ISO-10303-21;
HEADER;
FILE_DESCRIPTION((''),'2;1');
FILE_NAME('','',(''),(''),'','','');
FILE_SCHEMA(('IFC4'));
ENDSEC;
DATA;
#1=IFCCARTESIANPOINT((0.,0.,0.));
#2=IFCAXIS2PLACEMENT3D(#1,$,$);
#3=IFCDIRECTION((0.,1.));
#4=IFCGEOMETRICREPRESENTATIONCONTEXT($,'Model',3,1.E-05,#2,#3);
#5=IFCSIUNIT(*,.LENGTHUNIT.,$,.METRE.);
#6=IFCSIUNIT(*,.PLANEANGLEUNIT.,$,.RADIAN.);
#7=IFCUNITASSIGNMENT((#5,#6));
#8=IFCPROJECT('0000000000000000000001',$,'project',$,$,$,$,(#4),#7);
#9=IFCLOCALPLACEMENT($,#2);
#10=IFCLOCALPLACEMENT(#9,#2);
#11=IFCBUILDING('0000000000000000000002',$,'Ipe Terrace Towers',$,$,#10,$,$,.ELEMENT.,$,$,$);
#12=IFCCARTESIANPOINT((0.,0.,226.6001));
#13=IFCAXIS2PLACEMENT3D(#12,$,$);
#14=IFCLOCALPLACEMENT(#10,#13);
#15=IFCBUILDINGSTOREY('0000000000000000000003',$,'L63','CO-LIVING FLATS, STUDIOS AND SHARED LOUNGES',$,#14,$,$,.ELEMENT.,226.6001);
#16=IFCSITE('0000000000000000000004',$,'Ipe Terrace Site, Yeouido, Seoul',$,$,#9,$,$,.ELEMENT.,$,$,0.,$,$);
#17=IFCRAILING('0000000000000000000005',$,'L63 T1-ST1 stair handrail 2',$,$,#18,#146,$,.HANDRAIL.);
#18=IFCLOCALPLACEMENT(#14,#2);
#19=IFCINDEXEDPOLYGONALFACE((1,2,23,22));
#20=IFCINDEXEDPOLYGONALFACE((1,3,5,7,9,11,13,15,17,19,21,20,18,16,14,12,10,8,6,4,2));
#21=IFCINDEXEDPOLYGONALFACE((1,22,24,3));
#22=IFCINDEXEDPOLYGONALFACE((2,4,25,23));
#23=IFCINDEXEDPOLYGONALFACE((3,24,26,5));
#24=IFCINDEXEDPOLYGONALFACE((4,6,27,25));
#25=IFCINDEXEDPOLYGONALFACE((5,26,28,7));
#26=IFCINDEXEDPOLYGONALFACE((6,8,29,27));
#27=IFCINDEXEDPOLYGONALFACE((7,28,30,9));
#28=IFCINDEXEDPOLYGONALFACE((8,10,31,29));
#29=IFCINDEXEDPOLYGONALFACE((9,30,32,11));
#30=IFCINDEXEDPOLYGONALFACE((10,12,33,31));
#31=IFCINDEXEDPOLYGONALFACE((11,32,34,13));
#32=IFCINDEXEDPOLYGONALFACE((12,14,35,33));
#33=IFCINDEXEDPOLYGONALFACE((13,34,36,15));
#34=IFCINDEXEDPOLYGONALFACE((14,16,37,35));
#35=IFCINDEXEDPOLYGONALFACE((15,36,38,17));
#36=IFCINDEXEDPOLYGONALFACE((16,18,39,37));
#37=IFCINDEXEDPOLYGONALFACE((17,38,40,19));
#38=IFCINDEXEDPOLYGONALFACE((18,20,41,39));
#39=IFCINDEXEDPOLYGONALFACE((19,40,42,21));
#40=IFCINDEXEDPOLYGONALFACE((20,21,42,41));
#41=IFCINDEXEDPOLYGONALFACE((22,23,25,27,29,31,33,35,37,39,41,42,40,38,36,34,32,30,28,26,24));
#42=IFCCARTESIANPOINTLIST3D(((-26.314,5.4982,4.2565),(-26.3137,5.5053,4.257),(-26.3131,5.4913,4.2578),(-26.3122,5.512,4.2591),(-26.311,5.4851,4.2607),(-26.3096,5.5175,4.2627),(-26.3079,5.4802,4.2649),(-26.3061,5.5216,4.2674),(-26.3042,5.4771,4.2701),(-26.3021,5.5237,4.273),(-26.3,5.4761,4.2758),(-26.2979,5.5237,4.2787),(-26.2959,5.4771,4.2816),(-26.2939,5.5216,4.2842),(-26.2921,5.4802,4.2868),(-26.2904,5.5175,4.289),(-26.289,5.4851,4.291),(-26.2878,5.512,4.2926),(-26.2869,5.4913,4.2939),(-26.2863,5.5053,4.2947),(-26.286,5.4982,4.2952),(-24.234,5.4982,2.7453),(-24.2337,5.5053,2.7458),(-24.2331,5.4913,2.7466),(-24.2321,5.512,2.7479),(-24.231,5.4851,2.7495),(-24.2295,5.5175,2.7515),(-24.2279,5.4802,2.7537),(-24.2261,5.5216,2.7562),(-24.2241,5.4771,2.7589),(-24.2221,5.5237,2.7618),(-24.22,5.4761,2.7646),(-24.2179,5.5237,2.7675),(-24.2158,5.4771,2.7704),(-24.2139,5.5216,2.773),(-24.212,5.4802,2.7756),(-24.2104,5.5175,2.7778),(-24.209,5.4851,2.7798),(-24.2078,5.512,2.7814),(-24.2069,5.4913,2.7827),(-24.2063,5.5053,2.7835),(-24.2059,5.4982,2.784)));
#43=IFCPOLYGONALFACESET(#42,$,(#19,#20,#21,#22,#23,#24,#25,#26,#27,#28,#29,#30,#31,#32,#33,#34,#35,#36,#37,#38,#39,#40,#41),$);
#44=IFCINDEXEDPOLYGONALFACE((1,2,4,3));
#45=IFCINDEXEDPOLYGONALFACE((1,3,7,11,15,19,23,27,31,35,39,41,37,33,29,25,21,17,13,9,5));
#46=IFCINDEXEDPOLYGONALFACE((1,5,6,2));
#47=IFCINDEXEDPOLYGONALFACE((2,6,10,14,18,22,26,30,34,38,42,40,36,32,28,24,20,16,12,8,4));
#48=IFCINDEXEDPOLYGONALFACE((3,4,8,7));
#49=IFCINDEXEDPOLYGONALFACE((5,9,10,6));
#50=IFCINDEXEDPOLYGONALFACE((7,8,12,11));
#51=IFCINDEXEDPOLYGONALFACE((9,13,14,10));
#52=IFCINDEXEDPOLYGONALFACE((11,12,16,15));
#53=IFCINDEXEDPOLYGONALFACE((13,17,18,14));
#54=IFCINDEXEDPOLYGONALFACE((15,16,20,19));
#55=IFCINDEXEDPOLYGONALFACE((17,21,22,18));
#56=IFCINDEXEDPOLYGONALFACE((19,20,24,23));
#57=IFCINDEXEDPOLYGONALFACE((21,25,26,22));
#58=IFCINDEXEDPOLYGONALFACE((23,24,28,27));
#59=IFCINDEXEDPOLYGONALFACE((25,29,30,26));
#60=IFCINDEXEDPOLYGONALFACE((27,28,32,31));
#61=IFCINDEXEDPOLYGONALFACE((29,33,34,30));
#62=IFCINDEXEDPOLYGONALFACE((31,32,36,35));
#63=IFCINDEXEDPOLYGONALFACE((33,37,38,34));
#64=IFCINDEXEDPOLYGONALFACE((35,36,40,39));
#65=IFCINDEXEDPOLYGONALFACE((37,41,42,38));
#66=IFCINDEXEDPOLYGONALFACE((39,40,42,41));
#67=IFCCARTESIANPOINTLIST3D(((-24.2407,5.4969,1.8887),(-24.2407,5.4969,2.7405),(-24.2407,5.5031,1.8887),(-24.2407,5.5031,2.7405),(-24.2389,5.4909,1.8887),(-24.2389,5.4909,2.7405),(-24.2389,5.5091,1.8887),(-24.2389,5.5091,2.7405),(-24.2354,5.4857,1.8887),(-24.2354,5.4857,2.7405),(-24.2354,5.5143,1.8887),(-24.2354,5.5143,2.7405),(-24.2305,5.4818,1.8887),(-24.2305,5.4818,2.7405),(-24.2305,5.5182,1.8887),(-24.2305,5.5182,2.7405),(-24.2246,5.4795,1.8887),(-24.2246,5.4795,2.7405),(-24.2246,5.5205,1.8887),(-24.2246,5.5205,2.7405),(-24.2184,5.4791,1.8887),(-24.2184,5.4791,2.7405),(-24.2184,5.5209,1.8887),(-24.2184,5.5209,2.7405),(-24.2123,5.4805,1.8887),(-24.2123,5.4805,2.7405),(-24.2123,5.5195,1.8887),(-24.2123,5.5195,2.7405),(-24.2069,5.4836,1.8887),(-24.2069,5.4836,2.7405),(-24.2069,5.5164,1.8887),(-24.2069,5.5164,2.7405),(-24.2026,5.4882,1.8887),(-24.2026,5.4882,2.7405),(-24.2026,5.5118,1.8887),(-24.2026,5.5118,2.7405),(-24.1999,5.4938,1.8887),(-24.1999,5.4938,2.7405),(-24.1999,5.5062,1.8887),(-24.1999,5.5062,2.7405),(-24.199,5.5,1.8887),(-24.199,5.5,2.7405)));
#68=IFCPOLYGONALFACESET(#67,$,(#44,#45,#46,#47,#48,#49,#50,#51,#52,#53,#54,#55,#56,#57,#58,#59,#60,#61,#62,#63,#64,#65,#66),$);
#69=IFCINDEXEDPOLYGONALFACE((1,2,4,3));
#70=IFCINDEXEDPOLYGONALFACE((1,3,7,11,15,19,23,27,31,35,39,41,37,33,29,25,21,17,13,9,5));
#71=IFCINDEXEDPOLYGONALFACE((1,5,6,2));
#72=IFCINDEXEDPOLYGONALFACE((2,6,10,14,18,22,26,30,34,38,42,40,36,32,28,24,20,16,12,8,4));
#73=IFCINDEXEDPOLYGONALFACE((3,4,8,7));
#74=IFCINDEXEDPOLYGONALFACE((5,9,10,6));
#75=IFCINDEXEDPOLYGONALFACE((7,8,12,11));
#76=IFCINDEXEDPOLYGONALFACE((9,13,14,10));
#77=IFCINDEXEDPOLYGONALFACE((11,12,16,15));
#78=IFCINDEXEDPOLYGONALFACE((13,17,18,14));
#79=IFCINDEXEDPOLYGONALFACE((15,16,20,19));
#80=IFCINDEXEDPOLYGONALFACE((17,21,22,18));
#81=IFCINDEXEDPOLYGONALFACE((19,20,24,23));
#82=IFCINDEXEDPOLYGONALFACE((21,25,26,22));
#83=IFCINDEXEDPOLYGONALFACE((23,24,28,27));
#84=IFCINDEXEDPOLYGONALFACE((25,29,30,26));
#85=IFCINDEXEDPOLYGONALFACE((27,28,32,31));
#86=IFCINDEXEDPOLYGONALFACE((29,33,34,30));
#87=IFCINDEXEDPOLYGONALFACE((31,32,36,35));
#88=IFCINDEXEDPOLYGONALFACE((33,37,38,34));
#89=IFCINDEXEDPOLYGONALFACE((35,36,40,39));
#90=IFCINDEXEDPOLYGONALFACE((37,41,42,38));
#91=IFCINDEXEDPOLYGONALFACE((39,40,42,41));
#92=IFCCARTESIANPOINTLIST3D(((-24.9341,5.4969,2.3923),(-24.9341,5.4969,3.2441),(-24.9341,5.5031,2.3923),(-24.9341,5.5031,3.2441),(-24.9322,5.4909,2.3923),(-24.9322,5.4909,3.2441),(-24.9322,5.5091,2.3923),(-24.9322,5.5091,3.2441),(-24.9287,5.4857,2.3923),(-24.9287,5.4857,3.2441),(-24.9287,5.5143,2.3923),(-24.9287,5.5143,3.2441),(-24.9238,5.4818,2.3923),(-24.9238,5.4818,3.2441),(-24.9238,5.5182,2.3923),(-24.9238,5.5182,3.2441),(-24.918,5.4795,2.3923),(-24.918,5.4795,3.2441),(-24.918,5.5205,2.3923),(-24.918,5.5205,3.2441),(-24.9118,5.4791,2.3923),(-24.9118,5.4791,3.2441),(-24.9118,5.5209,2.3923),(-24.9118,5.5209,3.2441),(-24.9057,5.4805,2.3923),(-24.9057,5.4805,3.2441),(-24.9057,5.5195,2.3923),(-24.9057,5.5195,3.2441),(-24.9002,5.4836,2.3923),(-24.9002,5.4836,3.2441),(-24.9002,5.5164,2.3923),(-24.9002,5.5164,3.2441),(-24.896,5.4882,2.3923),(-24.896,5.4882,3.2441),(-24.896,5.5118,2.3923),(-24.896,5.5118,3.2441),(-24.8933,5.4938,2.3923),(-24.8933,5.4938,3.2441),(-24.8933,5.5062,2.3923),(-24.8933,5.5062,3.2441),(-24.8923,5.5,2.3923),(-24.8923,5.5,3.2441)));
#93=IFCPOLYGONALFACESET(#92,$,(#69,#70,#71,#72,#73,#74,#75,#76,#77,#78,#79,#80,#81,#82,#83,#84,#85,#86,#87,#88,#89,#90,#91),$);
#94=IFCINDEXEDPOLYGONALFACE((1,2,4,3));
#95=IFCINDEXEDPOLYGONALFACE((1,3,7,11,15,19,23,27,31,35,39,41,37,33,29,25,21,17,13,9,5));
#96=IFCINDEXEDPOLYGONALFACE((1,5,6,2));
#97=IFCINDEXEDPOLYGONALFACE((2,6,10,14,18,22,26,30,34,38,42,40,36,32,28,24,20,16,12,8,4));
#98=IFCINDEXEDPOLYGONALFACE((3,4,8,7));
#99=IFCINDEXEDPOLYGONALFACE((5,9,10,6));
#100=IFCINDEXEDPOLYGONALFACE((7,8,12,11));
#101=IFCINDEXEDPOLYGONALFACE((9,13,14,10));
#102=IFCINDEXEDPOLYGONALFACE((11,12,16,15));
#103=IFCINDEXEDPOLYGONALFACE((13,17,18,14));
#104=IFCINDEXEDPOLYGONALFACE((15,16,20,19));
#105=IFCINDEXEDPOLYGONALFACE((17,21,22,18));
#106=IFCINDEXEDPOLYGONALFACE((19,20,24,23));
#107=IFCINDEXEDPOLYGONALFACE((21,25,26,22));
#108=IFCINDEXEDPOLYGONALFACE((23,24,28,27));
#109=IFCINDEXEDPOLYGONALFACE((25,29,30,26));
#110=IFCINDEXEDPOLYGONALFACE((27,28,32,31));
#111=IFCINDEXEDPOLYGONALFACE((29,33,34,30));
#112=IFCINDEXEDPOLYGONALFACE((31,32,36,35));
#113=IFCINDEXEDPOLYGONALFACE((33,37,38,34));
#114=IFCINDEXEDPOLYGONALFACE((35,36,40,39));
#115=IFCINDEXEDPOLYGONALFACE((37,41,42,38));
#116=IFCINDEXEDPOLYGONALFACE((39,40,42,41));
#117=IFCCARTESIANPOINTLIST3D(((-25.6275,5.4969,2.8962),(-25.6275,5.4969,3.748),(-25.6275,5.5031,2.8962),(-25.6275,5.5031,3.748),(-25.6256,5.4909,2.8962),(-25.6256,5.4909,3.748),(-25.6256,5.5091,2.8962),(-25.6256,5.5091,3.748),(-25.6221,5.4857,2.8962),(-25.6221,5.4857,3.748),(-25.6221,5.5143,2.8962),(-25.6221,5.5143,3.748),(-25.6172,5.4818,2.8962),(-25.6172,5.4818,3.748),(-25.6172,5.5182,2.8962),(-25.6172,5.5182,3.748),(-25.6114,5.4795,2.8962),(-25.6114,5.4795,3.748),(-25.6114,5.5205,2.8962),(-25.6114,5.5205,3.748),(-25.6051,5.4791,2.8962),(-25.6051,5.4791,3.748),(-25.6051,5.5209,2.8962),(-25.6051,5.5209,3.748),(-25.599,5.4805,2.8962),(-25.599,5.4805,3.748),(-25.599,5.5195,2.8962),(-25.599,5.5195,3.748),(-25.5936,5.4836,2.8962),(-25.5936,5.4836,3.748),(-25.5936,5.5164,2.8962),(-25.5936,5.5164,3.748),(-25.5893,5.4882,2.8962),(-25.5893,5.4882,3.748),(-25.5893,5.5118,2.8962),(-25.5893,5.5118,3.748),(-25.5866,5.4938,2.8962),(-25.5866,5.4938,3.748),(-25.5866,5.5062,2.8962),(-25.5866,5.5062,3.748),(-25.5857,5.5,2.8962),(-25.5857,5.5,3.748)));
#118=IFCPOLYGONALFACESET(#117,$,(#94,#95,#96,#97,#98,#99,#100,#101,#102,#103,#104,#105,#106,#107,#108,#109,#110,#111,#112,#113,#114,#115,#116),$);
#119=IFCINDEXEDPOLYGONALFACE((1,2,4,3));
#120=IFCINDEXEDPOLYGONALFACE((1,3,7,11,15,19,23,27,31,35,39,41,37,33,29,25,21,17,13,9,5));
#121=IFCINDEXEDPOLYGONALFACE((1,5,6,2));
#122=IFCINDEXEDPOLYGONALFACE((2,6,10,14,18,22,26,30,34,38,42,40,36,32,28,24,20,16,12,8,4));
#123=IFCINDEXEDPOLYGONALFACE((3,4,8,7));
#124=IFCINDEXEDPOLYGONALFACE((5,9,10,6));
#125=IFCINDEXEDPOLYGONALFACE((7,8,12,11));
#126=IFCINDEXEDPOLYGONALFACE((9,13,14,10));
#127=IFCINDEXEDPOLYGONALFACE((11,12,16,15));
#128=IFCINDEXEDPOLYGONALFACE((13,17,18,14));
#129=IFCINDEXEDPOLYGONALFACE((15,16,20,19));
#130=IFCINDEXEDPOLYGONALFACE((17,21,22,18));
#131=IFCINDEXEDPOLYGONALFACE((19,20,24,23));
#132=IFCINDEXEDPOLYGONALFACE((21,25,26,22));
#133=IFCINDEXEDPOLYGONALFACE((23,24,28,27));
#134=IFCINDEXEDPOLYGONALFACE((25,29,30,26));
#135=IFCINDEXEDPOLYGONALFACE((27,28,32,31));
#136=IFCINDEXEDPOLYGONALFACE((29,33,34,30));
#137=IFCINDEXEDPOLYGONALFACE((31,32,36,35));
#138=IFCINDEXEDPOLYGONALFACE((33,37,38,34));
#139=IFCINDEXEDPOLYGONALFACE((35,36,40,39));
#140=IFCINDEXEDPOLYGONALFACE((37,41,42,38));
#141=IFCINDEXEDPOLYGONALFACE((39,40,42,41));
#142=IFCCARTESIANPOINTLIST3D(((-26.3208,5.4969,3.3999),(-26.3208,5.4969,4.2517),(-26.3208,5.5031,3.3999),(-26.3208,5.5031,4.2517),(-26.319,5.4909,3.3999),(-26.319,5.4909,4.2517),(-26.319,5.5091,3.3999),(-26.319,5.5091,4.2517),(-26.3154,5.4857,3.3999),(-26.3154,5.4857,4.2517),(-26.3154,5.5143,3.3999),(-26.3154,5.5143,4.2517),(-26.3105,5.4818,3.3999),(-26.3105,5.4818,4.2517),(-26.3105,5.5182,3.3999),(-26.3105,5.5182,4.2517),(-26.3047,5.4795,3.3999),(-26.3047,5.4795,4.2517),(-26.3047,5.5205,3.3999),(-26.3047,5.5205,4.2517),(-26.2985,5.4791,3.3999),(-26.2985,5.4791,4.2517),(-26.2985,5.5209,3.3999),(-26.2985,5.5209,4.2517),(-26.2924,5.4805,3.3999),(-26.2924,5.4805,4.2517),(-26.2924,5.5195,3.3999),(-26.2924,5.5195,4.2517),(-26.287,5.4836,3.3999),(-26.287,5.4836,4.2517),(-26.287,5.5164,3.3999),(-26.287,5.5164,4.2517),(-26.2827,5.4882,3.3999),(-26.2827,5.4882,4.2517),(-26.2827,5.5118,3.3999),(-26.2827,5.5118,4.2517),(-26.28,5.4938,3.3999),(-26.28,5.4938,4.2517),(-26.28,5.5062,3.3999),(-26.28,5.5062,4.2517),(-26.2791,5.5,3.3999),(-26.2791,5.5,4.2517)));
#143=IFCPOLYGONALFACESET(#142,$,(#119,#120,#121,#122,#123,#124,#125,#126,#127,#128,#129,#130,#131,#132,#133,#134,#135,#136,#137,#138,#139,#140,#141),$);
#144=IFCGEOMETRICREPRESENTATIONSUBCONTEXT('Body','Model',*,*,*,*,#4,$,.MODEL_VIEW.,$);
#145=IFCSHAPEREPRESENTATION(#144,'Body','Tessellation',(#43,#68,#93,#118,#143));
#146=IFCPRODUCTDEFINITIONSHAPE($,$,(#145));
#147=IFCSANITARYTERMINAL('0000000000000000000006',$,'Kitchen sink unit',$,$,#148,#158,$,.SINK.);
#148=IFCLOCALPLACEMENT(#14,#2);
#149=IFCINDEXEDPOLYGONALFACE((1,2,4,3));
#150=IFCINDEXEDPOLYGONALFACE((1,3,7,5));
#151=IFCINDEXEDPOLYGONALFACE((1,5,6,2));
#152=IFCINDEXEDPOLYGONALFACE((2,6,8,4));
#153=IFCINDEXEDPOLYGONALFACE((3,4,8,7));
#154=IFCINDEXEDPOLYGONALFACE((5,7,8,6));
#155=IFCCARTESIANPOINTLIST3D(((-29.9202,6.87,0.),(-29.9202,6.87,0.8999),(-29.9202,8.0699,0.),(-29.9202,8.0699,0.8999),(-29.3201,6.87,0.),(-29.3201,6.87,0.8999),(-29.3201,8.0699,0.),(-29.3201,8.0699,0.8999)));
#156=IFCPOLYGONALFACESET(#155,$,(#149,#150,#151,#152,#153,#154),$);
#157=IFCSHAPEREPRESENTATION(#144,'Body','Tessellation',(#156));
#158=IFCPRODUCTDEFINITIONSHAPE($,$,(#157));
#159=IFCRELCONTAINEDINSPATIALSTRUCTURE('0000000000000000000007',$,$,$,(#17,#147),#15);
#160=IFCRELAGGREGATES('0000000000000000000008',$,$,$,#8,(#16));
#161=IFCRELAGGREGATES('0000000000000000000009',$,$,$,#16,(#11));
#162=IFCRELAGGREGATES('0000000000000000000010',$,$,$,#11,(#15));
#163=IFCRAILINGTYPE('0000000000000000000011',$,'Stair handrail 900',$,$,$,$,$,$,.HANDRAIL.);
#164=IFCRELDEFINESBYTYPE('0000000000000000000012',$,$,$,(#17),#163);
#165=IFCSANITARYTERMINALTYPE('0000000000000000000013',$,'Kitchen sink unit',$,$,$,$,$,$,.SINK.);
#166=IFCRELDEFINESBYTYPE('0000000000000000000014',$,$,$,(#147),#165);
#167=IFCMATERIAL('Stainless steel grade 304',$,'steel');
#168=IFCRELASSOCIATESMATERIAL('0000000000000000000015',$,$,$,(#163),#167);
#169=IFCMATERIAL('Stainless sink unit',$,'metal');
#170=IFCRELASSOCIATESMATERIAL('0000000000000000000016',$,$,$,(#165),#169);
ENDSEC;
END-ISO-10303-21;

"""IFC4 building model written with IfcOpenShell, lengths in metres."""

from ifc_helpers import new_model, si_unit, direction, frame, origin, origin_2d, place, context, subcontext, project, spatial, rectangle, circle, extrude, material, type_object, element, save


model = new_model("IFC4")

# Units and contexts
model_context = context("Model", 3, precision=1e-05, world=origin(), true_north=direction((0.0, 1.0)))
body_context = subcontext(model_context, "Body", "Model", "MODEL_VIEW")
ifc_project = project(units=[si_unit("LENGTHUNIT", "METRE"), si_unit("PLANEANGLEUNIT", "RADIAN")], contexts=[model_context])

# Site, building, storey
site_placement = place(None, origin())
site = spatial("IfcSite", under=ifc_project, at=site_placement, Name="Ipe Terrace Site, Yeouido, Seoul", CompositionType="ELEMENT", RefElevation=0.0)
building_placement = place(site_placement, origin())
building = spatial("IfcBuilding", under=site, at=building_placement, Name="Ipe Terrace Towers", CompositionType="ELEMENT")
storey_placement = place(building_placement, frame((0.0, 0.0, 226.6001)))
storey = spatial("IfcBuildingStorey", under=building, at=storey_placement, Name="L63", Description="CO-LIVING FLATS, STUDIOS AND SHARED LOUNGES", CompositionType="ELEMENT", Elevation=226.6001)

# Railing
ifc_material_1 = material(Name="Stainless steel grade 304", Category="steel")
railing_type_1 = type_object("IfcRailingType", Name="Stair handrail 900", PredefinedType="HANDRAIL", material=ifc_material_1)
railing_1_placement = place(storey_placement, frame((-24.22, 5.5, 1.8887)))
element("IfcRailing", 1, at=railing_1_placement, inside=storey, type_object=railing_type_1, Name="L63 T1-ST1 stair handrail 2", PredefinedType="HANDRAIL", context=body_context, shape_type="SweptSolid", body=[
    extrude(circle(Radius=0.0239, at=origin_2d()), frame((0.0, 0.0, 0.876), z_axis=(-0.809023, 0.0, 0.587776), x_axis=(0.0, -1.0, 0.0)), (0.0, 0.0, 1.0), 2.571),
    extrude(circle(Radius=0.021, at=origin_2d()), origin(), (0.0, 0.0, 1.0), 0.8518),
    extrude(circle(Radius=0.021, at=origin_2d()), frame((-0.6934, 0.0, 0.5037)), (0.0, 0.0, 1.0), 0.8518),
    extrude(circle(Radius=0.021, at=origin_2d()), frame((-1.3867, 0.0, 1.0076)), (0.0, 0.0, 1.0), 0.8518),
    extrude(circle(Radius=0.021, at=origin_2d()), frame((-2.0801, 0.0, 1.5112)), (0.0, 0.0, 1.0), 0.8518),
])

# Sanitary terminal
ifc_material_2 = material(Name="Stainless sink unit", Category="metal")
sanitary_terminal_type = type_object("IfcSanitaryTerminalType", Name="Kitchen sink unit", PredefinedType="SINK", material=ifc_material_2)
sanitary_terminal_placement = place(storey_placement, frame((-29.6201, 7.47, 0.0), z_axis=(0.0, 0.0, 1.0), x_axis=(0.0, -1.0, 0.0)))
element("IfcSanitaryTerminal", 2, at=sanitary_terminal_placement, inside=storey, type_object=sanitary_terminal_type, Name="Kitchen sink unit", PredefinedType="SINK", context=body_context, shape_type="SweptSolid", body=[
    extrude(rectangle(XDim=1.2, YDim=0.6001, at=origin_2d()), origin(), (0.0, 0.0, 1.0), 0.8999),
])

save(model, "model.ifc")
